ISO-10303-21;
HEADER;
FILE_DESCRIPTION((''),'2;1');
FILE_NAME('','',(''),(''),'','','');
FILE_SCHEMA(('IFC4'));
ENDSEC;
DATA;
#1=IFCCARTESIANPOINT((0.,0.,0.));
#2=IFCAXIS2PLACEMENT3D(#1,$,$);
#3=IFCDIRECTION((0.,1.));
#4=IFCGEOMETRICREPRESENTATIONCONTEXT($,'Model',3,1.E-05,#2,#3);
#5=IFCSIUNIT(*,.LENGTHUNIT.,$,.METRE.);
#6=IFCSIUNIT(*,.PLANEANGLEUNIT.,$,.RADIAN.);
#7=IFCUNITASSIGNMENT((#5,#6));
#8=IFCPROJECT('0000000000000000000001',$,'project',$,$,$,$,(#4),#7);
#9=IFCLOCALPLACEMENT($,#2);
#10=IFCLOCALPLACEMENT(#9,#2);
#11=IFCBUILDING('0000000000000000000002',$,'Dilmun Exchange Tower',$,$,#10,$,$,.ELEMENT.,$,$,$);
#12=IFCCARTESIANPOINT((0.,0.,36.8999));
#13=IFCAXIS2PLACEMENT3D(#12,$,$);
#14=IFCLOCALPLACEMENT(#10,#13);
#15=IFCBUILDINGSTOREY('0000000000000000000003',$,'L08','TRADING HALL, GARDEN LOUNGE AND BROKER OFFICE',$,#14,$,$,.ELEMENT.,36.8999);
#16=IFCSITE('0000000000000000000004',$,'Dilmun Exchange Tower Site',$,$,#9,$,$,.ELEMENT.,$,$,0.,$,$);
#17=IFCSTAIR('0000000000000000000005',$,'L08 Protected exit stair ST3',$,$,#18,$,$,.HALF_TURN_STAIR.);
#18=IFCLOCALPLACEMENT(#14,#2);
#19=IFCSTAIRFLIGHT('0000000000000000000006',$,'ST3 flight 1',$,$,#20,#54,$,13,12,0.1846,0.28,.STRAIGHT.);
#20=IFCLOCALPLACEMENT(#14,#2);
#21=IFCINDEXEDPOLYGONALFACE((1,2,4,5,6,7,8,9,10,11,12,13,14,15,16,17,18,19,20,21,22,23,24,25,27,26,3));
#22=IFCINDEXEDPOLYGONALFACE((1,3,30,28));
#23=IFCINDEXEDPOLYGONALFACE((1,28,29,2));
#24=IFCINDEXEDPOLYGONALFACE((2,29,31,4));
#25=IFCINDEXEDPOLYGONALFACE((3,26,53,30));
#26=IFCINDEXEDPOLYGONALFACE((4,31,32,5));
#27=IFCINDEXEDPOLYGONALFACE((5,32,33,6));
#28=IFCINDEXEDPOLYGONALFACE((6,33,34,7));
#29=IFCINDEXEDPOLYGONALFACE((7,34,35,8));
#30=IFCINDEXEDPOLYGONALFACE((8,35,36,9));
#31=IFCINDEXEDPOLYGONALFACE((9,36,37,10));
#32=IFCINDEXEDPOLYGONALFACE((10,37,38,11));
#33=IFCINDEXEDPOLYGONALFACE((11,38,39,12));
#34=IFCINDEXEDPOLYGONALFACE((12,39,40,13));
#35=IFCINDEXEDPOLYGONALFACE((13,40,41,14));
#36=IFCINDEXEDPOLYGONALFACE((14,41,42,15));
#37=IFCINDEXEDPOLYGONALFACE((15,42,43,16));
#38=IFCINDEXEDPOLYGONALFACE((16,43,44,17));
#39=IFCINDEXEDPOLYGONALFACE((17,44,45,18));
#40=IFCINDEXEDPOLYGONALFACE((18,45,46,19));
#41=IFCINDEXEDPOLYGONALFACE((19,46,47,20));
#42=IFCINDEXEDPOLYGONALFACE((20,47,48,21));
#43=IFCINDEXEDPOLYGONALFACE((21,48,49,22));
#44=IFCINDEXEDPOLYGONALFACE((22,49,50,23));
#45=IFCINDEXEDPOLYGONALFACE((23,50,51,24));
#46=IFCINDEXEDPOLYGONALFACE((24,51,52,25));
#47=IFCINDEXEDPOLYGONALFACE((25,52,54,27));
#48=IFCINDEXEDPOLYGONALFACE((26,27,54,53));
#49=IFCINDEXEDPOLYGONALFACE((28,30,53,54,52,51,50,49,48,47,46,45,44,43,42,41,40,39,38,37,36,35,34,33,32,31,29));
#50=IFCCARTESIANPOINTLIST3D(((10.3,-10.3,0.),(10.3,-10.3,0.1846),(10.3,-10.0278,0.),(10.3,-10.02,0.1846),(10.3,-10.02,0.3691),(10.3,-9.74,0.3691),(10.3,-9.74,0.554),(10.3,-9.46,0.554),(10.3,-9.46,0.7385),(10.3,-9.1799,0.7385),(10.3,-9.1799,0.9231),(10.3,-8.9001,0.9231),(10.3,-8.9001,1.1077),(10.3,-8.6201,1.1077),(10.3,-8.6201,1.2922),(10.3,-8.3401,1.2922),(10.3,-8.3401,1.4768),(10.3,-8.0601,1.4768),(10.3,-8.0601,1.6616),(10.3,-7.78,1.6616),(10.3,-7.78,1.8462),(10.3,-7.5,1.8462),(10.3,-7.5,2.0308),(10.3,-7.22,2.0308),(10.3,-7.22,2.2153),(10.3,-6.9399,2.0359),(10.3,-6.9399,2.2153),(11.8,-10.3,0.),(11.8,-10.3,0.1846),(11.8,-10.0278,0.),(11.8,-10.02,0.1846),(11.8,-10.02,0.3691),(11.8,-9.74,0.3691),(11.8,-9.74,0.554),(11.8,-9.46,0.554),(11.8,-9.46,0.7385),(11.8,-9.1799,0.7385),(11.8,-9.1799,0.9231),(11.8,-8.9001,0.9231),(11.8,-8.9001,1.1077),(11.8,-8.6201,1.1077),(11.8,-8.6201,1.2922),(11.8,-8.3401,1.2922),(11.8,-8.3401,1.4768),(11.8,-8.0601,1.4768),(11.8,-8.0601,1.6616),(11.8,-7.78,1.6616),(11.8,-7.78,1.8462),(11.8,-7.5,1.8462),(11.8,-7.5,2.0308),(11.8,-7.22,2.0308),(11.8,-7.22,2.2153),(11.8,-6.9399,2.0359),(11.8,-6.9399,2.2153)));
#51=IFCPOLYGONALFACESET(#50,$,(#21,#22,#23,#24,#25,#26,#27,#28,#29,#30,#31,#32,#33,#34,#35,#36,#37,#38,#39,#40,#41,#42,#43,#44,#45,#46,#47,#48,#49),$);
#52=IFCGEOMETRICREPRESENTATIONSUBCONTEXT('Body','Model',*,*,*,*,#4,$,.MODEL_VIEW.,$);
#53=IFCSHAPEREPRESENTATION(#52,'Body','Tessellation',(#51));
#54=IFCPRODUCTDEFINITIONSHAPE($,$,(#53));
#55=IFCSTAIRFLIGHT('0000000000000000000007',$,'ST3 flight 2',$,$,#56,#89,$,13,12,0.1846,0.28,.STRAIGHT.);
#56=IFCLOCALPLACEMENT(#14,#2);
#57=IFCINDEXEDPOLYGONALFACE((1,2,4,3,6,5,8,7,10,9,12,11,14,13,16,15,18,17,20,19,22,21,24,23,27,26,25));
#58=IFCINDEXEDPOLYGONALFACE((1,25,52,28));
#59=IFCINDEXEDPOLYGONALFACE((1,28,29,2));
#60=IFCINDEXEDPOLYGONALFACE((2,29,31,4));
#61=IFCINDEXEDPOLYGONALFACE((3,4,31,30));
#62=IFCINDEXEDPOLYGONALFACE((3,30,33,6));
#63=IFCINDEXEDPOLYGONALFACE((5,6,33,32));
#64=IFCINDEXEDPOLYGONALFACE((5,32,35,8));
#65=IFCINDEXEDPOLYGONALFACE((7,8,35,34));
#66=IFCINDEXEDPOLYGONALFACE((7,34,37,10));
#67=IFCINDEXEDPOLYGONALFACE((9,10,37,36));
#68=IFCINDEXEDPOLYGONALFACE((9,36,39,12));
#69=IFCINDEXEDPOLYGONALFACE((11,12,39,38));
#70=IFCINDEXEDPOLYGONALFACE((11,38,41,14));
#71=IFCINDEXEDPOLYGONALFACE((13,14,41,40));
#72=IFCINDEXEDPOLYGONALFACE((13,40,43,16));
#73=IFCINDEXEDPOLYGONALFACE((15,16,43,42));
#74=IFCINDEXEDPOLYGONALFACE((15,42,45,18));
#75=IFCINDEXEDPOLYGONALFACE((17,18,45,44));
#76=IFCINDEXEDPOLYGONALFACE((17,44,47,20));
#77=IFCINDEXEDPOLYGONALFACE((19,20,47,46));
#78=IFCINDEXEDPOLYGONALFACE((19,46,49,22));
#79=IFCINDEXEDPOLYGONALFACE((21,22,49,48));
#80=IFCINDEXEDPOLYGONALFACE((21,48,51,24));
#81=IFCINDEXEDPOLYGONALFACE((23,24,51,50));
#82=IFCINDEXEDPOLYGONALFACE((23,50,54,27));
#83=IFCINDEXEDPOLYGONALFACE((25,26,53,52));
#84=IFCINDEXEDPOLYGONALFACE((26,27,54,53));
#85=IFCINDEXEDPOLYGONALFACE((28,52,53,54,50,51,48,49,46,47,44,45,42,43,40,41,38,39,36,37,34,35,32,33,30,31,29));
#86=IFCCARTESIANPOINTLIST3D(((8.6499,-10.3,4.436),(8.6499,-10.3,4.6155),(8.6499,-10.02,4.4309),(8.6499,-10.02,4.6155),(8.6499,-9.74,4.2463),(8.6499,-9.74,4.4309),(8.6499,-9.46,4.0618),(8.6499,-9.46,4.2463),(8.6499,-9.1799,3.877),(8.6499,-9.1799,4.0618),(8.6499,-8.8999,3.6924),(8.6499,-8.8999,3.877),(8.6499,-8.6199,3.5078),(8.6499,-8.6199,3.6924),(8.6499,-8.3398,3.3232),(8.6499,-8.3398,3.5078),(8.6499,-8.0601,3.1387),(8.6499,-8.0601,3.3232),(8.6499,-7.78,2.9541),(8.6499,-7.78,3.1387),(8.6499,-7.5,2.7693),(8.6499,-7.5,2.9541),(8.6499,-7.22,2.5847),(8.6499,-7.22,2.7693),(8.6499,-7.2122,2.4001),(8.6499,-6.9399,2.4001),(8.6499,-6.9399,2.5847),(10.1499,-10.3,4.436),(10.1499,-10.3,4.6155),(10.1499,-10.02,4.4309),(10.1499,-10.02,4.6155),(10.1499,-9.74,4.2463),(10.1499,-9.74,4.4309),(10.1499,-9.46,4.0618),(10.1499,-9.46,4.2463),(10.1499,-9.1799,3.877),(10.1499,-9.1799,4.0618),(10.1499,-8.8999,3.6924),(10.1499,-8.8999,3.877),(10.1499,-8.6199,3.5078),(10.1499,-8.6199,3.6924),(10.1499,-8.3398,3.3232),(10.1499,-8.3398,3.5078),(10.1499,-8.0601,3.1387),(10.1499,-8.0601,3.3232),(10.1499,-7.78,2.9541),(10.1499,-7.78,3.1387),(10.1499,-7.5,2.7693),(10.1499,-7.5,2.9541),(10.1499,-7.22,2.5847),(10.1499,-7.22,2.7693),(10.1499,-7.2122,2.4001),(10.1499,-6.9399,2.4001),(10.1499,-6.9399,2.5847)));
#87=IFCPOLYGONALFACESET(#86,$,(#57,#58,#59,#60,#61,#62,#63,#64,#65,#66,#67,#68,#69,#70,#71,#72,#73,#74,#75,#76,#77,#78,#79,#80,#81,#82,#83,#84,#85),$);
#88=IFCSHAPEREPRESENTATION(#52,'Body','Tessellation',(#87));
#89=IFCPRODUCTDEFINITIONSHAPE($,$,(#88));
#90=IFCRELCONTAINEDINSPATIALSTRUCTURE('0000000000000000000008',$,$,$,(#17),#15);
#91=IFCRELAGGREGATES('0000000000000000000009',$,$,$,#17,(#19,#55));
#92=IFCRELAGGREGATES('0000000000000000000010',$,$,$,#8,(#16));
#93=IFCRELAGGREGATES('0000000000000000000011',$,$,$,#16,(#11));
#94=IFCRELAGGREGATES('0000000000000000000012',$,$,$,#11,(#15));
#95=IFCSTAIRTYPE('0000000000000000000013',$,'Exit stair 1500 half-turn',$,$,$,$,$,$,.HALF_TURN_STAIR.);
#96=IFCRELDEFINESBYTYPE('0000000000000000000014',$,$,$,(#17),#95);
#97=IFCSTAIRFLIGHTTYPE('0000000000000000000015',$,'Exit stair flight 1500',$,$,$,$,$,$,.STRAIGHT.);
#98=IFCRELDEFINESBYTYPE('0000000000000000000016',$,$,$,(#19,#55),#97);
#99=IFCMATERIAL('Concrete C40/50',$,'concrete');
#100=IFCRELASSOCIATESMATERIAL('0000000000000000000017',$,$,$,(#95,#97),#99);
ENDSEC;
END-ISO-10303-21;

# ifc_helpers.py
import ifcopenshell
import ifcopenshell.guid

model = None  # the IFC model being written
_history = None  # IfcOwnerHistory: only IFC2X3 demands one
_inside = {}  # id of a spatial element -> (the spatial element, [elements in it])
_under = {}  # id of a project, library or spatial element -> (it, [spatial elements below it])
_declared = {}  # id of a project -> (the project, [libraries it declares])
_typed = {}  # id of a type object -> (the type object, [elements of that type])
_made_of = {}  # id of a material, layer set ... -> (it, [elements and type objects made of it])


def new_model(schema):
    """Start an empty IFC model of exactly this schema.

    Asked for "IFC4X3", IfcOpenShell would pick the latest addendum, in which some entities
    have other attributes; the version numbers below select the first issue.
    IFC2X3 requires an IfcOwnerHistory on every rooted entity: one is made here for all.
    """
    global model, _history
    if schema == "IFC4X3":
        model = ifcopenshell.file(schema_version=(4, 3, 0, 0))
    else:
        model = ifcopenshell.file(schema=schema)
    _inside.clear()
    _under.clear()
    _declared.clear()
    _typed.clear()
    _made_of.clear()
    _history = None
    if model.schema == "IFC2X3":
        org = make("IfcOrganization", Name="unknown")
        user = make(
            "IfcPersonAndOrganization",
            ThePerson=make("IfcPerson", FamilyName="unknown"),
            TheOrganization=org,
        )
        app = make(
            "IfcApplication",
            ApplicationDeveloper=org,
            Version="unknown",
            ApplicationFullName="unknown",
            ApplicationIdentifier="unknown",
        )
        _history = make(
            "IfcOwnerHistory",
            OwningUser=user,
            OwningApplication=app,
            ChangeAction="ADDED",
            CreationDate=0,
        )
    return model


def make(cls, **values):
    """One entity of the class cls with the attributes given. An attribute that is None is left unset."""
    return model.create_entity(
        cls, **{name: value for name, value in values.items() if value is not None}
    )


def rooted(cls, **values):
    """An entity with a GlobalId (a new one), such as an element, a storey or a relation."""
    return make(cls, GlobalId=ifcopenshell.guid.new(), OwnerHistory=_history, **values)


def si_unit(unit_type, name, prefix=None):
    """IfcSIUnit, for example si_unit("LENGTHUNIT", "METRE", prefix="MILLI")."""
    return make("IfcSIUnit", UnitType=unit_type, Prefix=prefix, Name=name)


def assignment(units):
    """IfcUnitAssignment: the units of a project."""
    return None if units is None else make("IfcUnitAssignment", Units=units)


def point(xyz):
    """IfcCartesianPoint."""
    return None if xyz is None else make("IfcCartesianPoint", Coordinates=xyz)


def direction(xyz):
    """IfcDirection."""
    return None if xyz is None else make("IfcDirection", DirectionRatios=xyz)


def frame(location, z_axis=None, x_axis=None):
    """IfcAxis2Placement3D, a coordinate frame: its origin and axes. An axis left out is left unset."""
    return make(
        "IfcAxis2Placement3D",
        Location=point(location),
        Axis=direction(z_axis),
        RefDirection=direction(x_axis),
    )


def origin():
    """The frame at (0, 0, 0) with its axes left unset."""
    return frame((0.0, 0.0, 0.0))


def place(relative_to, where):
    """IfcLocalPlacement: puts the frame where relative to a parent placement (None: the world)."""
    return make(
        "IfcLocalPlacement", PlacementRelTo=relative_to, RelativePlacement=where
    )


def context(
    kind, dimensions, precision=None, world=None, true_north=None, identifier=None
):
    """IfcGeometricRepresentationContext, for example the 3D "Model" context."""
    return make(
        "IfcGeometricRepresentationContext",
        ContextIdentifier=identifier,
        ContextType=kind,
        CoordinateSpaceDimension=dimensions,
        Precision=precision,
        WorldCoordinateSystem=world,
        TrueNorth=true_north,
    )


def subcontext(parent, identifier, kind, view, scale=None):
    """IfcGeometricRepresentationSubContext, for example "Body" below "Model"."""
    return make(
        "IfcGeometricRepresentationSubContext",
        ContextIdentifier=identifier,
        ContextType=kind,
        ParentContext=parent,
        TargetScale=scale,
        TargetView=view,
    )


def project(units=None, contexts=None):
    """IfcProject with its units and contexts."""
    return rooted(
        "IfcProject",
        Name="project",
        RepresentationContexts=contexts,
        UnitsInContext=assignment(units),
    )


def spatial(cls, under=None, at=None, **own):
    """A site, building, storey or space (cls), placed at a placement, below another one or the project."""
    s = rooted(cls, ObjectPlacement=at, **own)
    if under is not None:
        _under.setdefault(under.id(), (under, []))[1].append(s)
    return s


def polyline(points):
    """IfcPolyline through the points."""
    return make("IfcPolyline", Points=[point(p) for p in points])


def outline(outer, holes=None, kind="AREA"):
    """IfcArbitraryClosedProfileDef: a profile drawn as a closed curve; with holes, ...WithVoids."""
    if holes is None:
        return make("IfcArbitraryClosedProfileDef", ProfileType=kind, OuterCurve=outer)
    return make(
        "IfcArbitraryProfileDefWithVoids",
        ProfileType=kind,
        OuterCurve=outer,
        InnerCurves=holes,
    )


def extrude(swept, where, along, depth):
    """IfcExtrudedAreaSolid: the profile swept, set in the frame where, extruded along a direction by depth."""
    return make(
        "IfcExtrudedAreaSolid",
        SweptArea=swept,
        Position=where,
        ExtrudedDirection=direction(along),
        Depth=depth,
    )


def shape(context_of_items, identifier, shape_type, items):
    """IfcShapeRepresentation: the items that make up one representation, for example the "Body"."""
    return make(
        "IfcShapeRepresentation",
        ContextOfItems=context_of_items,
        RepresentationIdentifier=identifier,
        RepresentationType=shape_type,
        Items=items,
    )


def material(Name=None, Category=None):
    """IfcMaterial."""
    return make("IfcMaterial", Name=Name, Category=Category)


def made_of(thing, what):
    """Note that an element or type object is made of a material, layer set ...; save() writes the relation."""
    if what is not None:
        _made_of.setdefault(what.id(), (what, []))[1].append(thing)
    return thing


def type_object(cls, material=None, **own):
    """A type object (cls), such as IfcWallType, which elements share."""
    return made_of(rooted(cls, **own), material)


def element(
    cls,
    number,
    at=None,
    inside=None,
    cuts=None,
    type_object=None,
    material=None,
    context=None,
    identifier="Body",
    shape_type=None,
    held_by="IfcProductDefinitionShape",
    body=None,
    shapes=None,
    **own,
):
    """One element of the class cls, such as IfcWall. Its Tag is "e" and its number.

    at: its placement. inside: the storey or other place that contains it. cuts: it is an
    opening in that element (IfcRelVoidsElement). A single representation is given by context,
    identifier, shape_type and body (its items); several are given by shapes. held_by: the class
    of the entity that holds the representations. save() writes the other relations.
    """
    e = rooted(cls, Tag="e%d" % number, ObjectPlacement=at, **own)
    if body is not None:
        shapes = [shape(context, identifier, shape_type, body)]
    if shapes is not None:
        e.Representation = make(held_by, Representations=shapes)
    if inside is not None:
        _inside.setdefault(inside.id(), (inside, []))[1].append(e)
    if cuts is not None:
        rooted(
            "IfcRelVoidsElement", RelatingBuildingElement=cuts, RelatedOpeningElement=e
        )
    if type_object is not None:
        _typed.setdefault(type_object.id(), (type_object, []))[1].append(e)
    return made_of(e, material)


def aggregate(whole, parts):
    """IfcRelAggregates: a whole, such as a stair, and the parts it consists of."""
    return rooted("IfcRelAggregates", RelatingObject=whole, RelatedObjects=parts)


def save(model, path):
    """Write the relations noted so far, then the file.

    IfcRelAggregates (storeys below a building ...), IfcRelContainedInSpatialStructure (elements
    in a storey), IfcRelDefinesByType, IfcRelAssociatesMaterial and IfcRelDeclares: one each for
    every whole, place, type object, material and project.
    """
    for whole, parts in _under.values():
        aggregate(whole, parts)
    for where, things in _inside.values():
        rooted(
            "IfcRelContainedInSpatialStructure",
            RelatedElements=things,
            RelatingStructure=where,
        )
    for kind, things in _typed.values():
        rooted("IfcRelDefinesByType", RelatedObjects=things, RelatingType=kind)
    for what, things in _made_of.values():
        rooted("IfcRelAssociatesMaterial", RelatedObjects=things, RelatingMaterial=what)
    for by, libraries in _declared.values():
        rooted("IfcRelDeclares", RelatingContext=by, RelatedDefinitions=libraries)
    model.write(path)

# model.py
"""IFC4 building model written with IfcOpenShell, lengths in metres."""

from ifc_helpers import new_model, si_unit, direction, frame, origin, place, context, subcontext, project, spatial, polyline, outline, extrude, material, type_object, element, aggregate, save


model = new_model("IFC4")

# Units and contexts
model_context = context("Model", 3, precision=1e-05, world=origin(), true_north=direction((0.0, 1.0)))
body_context = subcontext(model_context, "Body", "Model", "MODEL_VIEW")
ifc_project = project(units=[si_unit("LENGTHUNIT", "METRE"), si_unit("PLANEANGLEUNIT", "RADIAN")], contexts=[model_context])

# Site, building, storey
site_placement = place(None, origin())
site = spatial("IfcSite", under=ifc_project, at=site_placement, Name="Dilmun Exchange Tower Site", CompositionType="ELEMENT", RefElevation=0.0)
building_placement = place(site_placement, origin())
building = spatial("IfcBuilding", under=site, at=building_placement, Name="Dilmun Exchange Tower", CompositionType="ELEMENT")
storey_placement = place(building_placement, frame((0.0, 0.0, 36.8999)))
storey = spatial("IfcBuildingStorey", under=building, at=storey_placement, Name="L08", Description="TRADING HALL, GARDEN LOUNGE AND BROKER OFFICE", CompositionType="ELEMENT", Elevation=36.8999)

# Shared definitions
ifc_material_1 = material(Name="Concrete C40/50", Category="concrete")

# Stair, stair flights
stair_type = type_object("IfcStairType", Name="Exit stair 1500 half-turn", PredefinedType="HALF_TURN_STAIR", material=ifc_material_1)
stair_placement = place(storey_placement, origin())
stair = element("IfcStair", 1, at=stair_placement, inside=storey, type_object=stair_type, Name="L08 Protected exit stair ST3", PredefinedType="HALF_TURN_STAIR")
stair_flight_type = type_object("IfcStairFlightType", Name="Exit stair flight 1500", PredefinedType="STRAIGHT", material=ifc_material_1)
stair_flight_1_placement = place(storey_placement, frame((11.05, -10.3, 0.0), z_axis=(0.0, 0.0, 1.0), x_axis=(0.0, 1.0, 0.0)))
stair_flight_1 = element("IfcStairFlight", 2, at=stair_flight_1_placement, type_object=stair_flight_type, Name="ST3 flight 1", NumberOfRisers=13, NumberOfTreads=12, PredefinedType="STRAIGHT", RiserHeight=0.1846, TreadLength=0.28, context=body_context, shape_type="SweptSolid", body=[
    extrude(outline(polyline([(0.0, 0.0), (0.0, 0.1846), (0.28, 0.1846), (0.28, 0.3691), (0.5601, 0.3691), (0.5601, 0.554), (0.8401, 0.554), (0.8401, 0.7385), (1.1201, 0.7385), (1.1201, 0.9231), (1.3999, 0.9231), (1.3999, 1.1077), (1.6799, 1.1077), (1.6799, 1.2922), (1.96, 1.2922), (1.96, 1.4768), (2.24, 1.4768), (2.24, 1.6616), (2.52, 1.6616), (2.52, 1.8462), (2.8, 1.8462), (2.8, 2.0308), (3.0801, 2.0308), (3.0801, 2.2153), (3.3601, 2.2153), (3.3601, 2.3999), (3.3601, 2.0359), (0.2722, 0.0), (0.0, 0.0)])), frame((0.0, 0.75, 0.0), z_axis=(0.0, -1.0, 0.0), x_axis=(1.0, 0.0, 0.0)), (0.0, 0.0, 1.0), 1.5),
])
stair_flight_2_placement = place(storey_placement, frame((9.3999, -6.9399, 2.4001), z_axis=(0.0, 0.0, 1.0), x_axis=(0.0, -1.0, 0.0)))
stair_flight_2 = element("IfcStairFlight", 3, at=stair_flight_2_placement, type_object=stair_flight_type, Name="ST3 flight 2", NumberOfRisers=13, NumberOfTreads=12, PredefinedType="STRAIGHT", RiserHeight=0.1846, TreadLength=0.28, context=body_context, shape_type="SweptSolid", body=[
    extrude(outline(polyline([(0.0, 0.0), (0.0, 0.1846), (0.28, 0.1846), (0.28, 0.3691), (0.5601, 0.3691), (0.5601, 0.554), (0.8401, 0.554), (0.8401, 0.7385), (1.1201, 0.7385), (1.1201, 0.9231), (1.3999, 0.9231), (1.3999, 1.1077), (1.6799, 1.1077), (1.6799, 1.2922), (1.96, 1.2922), (1.96, 1.4768), (2.24, 1.4768), (2.24, 1.6616), (2.52, 1.6616), (2.52, 1.8462), (2.8, 1.8462), (2.8, 2.0308), (3.0801, 2.0308), (3.0801, 2.2153), (3.3601, 2.2153), (3.3601, 2.3999), (3.3601, 2.0359), (0.2722, 0.0), (0.0, 0.0)])), frame((0.0, 0.75, 0.0), z_axis=(0.0, -1.0, 0.0), x_axis=(1.0, 0.0, 0.0)), (0.0, 0.0, 1.0), 1.5),
])
aggregate(stair, [stair_flight_1, stair_flight_2])

save(model, "model.ifc")
